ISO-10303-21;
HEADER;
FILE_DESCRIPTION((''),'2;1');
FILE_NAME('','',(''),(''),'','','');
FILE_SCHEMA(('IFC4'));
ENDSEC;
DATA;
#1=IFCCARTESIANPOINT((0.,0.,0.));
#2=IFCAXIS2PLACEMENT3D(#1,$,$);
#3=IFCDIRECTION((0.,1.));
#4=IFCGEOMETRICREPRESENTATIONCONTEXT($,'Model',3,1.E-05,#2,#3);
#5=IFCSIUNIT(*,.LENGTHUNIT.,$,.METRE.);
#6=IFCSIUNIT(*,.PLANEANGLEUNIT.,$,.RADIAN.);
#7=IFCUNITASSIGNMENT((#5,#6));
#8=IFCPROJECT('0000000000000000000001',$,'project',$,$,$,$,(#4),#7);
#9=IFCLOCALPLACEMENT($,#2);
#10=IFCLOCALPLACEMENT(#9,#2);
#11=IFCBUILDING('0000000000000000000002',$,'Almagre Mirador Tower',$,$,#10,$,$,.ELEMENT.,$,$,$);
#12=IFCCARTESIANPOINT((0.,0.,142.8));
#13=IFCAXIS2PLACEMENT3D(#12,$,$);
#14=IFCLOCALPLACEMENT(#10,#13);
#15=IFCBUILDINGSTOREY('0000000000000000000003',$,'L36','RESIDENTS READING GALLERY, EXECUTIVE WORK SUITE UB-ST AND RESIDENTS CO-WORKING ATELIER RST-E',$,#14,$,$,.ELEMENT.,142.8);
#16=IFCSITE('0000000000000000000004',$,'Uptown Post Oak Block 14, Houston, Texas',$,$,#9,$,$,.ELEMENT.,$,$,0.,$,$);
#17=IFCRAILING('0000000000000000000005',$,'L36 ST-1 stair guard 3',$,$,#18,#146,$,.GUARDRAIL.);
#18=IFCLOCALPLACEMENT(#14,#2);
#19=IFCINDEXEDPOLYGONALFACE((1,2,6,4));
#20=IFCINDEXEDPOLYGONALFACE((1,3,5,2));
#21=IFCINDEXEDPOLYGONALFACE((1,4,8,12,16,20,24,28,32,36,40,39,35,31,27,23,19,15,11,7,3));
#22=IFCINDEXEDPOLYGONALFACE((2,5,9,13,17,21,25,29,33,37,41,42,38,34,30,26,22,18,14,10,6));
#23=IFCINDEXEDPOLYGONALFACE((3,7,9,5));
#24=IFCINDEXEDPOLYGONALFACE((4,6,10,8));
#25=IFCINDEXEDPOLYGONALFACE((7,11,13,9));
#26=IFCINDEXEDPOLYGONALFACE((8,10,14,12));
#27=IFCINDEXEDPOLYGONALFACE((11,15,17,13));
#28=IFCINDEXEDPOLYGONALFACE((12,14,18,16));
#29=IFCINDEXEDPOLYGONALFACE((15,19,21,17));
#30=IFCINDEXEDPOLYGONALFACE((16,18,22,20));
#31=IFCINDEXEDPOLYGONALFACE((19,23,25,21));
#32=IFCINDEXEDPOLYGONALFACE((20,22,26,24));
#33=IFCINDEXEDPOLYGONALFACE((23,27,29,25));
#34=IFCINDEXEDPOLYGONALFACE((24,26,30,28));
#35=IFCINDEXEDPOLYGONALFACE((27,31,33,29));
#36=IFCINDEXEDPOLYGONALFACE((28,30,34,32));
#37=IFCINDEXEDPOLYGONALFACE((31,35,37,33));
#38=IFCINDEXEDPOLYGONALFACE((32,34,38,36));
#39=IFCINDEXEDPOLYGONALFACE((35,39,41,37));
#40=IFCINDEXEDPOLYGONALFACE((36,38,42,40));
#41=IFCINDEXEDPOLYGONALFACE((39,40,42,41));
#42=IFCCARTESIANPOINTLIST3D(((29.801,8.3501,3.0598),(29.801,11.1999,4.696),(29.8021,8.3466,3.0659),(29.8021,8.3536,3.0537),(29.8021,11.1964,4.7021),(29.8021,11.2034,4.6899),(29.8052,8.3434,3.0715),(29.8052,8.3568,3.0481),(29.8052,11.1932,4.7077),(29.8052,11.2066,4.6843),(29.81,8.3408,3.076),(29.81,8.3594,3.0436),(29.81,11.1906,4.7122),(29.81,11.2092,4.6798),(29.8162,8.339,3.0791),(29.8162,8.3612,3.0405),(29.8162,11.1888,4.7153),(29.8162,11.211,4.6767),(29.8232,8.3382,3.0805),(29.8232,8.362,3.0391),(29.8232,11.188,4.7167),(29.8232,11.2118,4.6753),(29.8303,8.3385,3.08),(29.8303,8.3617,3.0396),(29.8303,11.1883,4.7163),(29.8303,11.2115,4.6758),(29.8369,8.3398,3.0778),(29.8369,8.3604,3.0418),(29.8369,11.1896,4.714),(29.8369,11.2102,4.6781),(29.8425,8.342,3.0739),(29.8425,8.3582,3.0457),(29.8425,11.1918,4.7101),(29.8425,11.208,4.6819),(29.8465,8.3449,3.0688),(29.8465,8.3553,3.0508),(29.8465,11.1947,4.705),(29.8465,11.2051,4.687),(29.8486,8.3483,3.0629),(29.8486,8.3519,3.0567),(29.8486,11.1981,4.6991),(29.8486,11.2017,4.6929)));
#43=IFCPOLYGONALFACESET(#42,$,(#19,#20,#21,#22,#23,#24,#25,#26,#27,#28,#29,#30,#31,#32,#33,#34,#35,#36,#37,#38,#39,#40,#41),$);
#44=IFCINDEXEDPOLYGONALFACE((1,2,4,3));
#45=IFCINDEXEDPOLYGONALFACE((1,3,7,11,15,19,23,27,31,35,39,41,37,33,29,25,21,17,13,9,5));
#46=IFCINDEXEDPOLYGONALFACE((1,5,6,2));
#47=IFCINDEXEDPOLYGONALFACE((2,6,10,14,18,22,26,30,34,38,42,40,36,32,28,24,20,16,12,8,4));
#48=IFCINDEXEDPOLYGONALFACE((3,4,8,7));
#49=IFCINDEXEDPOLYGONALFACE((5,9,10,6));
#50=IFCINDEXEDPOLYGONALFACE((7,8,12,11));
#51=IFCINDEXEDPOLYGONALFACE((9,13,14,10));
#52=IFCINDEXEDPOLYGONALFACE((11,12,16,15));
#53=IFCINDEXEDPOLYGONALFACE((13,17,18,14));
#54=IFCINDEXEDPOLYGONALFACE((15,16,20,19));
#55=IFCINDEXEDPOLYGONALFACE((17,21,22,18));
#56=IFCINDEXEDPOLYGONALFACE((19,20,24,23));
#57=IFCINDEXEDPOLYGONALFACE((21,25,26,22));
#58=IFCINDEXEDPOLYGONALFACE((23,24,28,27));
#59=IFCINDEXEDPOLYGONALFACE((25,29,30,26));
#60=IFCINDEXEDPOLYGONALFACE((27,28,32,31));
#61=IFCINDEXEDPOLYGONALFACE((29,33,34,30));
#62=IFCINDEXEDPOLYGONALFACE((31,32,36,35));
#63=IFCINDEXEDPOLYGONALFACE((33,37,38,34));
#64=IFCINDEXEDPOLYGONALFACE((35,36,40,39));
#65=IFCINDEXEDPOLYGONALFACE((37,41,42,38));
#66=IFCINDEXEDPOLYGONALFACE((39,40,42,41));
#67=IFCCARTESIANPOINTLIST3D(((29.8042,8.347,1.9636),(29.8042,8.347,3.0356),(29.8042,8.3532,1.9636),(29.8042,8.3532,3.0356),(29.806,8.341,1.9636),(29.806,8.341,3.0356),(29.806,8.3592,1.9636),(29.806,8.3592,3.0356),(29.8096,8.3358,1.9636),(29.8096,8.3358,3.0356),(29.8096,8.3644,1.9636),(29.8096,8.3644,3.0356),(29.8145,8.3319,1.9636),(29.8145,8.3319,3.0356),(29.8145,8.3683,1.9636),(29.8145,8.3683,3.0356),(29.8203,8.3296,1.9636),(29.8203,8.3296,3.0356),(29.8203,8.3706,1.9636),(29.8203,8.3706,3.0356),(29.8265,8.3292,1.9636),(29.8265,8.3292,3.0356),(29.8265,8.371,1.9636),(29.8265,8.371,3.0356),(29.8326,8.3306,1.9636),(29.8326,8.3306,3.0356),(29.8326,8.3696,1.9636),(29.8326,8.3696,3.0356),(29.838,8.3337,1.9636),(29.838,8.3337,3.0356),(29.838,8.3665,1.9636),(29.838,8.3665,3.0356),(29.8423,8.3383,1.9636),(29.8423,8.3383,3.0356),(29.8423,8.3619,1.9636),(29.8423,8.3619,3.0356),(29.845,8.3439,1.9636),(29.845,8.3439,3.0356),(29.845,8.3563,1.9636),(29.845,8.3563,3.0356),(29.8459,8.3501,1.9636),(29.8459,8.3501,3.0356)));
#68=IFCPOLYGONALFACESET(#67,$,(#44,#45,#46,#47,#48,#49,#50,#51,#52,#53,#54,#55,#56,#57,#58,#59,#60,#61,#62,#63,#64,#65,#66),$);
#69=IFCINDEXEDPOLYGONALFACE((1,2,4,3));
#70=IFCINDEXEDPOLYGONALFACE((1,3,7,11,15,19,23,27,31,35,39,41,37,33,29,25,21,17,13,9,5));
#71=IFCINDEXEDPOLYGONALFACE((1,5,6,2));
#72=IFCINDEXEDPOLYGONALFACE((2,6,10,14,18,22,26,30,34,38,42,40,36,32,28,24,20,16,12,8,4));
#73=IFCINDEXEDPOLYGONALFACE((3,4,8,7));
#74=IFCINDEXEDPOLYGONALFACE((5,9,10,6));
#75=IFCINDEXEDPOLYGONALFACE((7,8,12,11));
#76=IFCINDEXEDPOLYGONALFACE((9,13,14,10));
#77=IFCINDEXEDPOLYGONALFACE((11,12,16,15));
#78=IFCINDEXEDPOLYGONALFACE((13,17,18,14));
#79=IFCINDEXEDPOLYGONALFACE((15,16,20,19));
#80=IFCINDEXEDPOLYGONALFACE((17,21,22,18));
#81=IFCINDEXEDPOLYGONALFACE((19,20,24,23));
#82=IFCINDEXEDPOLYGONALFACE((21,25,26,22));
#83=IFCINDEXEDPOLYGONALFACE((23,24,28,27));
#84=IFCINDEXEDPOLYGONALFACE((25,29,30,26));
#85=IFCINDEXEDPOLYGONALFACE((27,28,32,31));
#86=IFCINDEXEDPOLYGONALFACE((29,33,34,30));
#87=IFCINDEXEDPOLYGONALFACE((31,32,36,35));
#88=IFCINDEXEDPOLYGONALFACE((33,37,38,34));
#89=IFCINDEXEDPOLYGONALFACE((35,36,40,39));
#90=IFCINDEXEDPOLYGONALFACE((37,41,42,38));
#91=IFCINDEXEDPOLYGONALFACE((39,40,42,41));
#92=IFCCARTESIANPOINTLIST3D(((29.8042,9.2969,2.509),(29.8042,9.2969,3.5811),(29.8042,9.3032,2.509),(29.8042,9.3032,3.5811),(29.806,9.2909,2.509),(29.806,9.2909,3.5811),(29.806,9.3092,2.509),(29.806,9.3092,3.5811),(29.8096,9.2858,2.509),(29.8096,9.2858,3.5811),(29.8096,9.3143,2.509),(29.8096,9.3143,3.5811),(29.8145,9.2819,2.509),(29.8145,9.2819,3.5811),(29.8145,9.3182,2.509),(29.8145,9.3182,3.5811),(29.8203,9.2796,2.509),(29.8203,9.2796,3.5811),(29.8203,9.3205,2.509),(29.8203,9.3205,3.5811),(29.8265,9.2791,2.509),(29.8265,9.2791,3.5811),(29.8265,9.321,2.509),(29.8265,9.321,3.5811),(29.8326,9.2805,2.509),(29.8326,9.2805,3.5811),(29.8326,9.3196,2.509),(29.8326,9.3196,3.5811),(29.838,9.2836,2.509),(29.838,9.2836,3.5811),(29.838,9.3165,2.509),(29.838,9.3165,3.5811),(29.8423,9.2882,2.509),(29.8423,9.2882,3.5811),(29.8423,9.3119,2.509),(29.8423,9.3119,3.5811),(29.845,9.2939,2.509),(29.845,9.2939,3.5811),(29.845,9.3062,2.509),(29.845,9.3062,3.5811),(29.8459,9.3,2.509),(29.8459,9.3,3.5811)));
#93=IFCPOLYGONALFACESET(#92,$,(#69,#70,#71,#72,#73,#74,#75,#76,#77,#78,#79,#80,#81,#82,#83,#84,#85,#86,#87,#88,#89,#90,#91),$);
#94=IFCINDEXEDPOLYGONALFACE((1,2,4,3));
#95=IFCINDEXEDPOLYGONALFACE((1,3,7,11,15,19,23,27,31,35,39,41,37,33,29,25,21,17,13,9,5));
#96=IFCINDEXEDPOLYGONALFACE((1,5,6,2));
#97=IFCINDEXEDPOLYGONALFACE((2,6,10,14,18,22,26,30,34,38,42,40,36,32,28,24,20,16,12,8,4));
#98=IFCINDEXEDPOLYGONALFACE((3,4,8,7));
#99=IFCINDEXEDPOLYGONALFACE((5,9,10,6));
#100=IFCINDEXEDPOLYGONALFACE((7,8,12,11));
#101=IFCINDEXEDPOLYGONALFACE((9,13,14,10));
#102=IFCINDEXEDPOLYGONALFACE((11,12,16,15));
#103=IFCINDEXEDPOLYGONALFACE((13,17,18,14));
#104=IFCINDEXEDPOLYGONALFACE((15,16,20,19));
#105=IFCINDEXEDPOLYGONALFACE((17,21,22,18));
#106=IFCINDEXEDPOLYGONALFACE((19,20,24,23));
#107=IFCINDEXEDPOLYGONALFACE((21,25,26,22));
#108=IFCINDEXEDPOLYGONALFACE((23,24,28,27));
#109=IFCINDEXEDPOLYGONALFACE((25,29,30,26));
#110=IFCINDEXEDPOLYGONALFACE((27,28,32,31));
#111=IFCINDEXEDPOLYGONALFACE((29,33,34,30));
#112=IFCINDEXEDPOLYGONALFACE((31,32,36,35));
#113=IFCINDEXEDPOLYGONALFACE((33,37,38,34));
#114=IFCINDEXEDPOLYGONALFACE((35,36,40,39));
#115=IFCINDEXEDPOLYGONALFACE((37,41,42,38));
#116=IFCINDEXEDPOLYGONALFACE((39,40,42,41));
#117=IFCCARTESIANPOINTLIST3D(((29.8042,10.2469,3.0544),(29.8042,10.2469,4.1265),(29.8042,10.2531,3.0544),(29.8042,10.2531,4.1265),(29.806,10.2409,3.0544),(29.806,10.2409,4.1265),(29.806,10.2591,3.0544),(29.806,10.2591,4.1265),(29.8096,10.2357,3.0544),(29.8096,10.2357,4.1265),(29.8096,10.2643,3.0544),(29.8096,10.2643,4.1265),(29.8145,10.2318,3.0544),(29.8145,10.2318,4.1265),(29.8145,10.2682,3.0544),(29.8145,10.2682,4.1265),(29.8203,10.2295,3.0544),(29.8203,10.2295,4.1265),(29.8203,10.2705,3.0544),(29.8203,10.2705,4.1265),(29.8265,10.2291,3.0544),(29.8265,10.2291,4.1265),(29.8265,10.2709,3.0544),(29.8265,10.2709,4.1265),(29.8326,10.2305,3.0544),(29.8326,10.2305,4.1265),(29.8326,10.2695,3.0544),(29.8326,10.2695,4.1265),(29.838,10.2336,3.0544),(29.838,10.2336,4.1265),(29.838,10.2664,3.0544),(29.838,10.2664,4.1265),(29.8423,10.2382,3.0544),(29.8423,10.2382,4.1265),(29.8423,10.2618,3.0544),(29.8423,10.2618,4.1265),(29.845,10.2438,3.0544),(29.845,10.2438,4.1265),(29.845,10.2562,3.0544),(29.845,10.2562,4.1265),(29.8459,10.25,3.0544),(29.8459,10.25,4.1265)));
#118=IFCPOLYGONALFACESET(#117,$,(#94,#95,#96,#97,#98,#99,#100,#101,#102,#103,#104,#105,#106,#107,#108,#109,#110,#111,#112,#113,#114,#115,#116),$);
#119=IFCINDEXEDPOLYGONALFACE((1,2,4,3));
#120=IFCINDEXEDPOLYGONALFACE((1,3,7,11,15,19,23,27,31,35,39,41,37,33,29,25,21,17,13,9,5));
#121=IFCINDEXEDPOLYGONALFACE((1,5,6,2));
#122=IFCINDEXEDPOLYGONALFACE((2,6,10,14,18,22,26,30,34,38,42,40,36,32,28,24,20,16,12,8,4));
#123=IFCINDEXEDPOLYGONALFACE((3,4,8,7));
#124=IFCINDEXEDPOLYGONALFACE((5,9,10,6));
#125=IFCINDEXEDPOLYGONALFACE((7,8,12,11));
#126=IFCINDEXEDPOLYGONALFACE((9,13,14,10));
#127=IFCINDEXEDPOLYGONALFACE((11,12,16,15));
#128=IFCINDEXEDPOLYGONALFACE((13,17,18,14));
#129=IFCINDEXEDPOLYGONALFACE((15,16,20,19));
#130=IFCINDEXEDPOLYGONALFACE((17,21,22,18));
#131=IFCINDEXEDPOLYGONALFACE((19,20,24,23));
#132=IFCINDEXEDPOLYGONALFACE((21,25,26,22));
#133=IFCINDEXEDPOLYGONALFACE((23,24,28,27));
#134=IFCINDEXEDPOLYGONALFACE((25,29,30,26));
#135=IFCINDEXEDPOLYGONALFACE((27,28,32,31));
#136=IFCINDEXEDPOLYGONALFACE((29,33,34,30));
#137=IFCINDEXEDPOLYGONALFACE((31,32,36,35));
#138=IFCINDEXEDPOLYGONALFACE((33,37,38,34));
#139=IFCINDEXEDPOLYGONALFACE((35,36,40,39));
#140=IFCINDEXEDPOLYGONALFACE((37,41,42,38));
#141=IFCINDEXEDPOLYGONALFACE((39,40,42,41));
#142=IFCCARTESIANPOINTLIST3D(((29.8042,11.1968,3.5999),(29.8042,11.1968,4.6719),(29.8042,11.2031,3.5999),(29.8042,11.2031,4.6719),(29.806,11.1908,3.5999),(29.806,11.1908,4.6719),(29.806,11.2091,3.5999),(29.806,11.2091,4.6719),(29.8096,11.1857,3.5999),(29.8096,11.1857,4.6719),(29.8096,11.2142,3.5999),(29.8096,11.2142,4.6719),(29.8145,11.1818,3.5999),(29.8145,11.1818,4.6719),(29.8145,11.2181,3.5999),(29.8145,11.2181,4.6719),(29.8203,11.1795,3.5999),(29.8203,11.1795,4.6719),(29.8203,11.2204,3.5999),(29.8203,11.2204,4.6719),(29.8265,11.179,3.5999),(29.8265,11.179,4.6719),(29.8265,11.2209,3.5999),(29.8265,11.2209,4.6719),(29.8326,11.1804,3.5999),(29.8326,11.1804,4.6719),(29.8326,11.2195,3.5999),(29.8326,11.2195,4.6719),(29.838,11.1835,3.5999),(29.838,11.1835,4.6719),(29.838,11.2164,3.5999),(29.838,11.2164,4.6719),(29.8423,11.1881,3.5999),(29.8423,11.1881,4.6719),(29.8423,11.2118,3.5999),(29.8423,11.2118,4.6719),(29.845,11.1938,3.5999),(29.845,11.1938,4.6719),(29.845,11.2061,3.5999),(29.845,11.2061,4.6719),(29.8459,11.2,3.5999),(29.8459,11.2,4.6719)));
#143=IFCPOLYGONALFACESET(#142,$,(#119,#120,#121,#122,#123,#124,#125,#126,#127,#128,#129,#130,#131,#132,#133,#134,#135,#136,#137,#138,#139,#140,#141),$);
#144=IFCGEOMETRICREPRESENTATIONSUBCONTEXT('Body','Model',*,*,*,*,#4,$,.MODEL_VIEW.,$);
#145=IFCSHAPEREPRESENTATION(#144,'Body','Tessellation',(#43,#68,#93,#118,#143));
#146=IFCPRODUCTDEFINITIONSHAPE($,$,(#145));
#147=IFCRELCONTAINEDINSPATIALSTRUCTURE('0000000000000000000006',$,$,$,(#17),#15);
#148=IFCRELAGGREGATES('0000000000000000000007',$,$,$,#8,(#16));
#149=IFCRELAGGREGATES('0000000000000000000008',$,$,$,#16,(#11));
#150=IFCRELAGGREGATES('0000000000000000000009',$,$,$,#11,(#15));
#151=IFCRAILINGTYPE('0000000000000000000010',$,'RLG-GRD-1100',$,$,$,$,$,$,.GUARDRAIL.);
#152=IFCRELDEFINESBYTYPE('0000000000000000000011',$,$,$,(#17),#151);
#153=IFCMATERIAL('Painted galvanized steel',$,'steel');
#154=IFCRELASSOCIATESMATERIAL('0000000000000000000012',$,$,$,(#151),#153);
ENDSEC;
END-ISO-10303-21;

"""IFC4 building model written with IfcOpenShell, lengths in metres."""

from ifc_helpers import new_model, si_unit, direction, frame, origin, origin_2d, place, context, subcontext, project, spatial, circle, extrude, material, type_object, element, save


model = new_model("IFC4")

# Units and contexts
model_context = context("Model", 3, precision=1e-05, world=origin(), true_north=direction((0.0, 1.0)))
body_context = subcontext(model_context, "Body", "Model", "MODEL_VIEW")
ifc_project = project(units=[si_unit("LENGTHUNIT", "METRE"), si_unit("PLANEANGLEUNIT", "RADIAN")], contexts=[model_context])

# Site, building, storey
site_placement = place(None, origin())
site = spatial("IfcSite", under=ifc_project, at=site_placement, Name="Uptown Post Oak Block 14, Houston, Texas", CompositionType="ELEMENT", RefElevation=0.0)
building_placement = place(site_placement, origin())
building = spatial("IfcBuilding", under=site, at=building_placement, Name="Almagre Mirador Tower", CompositionType="ELEMENT")
storey_placement = place(building_placement, frame((0.0, 0.0, 142.8)))
storey = spatial("IfcBuildingStorey", under=building, at=storey_placement, Name="L36", Description="RESIDENTS READING GALLERY, EXECUTIVE WORK SUITE UB-ST AND RESIDENTS CO-WORKING ATELIER RST-E", CompositionType="ELEMENT", Elevation=142.8)

# Railing
ifc_material_1 = material(Name="Painted galvanized steel", Category="steel")
railing_type_1 = type_object("IfcRailingType", Name="RLG-GRD-1100", PredefinedType="GUARDRAIL", material=ifc_material_1)
railing_1_placement = place(storey_placement, frame((29.825, 8.3501, 1.9636)))
element("IfcRailing", 1, at=railing_1_placement, inside=storey, type_object=railing_type_1, Name="L36 ST-1 stair guard 3", PredefinedType="GUARDRAIL", context=body_context, shape_type="SweptSolid", body=[
    extrude(circle(Radius=0.0239, at=origin_2d()), frame((0.0, 0.0, 1.0962), z_axis=(0.0, 0.867226, 0.497914), x_axis=(-1.0, 0.0, 0.0)), (0.0, 0.0, 1.0), 3.2861),
    extrude(circle(Radius=0.021, at=origin_2d()), origin(), (0.0, 0.0, 1.0), 1.072),
    extrude(circle(Radius=0.021, at=origin_2d()), frame((0.0, 0.95, 0.5454)), (0.0, 0.0, 1.0), 1.072),
    extrude(circle(Radius=0.021, at=origin_2d()), frame((0.0, 1.8999, 1.0908)), (0.0, 0.0, 1.0), 1.072),
    extrude(circle(Radius=0.021, at=origin_2d()), frame((0.0, 2.8499, 1.6362)), (0.0, 0.0, 1.0), 1.072),
])

save(model, "model.ifc")
